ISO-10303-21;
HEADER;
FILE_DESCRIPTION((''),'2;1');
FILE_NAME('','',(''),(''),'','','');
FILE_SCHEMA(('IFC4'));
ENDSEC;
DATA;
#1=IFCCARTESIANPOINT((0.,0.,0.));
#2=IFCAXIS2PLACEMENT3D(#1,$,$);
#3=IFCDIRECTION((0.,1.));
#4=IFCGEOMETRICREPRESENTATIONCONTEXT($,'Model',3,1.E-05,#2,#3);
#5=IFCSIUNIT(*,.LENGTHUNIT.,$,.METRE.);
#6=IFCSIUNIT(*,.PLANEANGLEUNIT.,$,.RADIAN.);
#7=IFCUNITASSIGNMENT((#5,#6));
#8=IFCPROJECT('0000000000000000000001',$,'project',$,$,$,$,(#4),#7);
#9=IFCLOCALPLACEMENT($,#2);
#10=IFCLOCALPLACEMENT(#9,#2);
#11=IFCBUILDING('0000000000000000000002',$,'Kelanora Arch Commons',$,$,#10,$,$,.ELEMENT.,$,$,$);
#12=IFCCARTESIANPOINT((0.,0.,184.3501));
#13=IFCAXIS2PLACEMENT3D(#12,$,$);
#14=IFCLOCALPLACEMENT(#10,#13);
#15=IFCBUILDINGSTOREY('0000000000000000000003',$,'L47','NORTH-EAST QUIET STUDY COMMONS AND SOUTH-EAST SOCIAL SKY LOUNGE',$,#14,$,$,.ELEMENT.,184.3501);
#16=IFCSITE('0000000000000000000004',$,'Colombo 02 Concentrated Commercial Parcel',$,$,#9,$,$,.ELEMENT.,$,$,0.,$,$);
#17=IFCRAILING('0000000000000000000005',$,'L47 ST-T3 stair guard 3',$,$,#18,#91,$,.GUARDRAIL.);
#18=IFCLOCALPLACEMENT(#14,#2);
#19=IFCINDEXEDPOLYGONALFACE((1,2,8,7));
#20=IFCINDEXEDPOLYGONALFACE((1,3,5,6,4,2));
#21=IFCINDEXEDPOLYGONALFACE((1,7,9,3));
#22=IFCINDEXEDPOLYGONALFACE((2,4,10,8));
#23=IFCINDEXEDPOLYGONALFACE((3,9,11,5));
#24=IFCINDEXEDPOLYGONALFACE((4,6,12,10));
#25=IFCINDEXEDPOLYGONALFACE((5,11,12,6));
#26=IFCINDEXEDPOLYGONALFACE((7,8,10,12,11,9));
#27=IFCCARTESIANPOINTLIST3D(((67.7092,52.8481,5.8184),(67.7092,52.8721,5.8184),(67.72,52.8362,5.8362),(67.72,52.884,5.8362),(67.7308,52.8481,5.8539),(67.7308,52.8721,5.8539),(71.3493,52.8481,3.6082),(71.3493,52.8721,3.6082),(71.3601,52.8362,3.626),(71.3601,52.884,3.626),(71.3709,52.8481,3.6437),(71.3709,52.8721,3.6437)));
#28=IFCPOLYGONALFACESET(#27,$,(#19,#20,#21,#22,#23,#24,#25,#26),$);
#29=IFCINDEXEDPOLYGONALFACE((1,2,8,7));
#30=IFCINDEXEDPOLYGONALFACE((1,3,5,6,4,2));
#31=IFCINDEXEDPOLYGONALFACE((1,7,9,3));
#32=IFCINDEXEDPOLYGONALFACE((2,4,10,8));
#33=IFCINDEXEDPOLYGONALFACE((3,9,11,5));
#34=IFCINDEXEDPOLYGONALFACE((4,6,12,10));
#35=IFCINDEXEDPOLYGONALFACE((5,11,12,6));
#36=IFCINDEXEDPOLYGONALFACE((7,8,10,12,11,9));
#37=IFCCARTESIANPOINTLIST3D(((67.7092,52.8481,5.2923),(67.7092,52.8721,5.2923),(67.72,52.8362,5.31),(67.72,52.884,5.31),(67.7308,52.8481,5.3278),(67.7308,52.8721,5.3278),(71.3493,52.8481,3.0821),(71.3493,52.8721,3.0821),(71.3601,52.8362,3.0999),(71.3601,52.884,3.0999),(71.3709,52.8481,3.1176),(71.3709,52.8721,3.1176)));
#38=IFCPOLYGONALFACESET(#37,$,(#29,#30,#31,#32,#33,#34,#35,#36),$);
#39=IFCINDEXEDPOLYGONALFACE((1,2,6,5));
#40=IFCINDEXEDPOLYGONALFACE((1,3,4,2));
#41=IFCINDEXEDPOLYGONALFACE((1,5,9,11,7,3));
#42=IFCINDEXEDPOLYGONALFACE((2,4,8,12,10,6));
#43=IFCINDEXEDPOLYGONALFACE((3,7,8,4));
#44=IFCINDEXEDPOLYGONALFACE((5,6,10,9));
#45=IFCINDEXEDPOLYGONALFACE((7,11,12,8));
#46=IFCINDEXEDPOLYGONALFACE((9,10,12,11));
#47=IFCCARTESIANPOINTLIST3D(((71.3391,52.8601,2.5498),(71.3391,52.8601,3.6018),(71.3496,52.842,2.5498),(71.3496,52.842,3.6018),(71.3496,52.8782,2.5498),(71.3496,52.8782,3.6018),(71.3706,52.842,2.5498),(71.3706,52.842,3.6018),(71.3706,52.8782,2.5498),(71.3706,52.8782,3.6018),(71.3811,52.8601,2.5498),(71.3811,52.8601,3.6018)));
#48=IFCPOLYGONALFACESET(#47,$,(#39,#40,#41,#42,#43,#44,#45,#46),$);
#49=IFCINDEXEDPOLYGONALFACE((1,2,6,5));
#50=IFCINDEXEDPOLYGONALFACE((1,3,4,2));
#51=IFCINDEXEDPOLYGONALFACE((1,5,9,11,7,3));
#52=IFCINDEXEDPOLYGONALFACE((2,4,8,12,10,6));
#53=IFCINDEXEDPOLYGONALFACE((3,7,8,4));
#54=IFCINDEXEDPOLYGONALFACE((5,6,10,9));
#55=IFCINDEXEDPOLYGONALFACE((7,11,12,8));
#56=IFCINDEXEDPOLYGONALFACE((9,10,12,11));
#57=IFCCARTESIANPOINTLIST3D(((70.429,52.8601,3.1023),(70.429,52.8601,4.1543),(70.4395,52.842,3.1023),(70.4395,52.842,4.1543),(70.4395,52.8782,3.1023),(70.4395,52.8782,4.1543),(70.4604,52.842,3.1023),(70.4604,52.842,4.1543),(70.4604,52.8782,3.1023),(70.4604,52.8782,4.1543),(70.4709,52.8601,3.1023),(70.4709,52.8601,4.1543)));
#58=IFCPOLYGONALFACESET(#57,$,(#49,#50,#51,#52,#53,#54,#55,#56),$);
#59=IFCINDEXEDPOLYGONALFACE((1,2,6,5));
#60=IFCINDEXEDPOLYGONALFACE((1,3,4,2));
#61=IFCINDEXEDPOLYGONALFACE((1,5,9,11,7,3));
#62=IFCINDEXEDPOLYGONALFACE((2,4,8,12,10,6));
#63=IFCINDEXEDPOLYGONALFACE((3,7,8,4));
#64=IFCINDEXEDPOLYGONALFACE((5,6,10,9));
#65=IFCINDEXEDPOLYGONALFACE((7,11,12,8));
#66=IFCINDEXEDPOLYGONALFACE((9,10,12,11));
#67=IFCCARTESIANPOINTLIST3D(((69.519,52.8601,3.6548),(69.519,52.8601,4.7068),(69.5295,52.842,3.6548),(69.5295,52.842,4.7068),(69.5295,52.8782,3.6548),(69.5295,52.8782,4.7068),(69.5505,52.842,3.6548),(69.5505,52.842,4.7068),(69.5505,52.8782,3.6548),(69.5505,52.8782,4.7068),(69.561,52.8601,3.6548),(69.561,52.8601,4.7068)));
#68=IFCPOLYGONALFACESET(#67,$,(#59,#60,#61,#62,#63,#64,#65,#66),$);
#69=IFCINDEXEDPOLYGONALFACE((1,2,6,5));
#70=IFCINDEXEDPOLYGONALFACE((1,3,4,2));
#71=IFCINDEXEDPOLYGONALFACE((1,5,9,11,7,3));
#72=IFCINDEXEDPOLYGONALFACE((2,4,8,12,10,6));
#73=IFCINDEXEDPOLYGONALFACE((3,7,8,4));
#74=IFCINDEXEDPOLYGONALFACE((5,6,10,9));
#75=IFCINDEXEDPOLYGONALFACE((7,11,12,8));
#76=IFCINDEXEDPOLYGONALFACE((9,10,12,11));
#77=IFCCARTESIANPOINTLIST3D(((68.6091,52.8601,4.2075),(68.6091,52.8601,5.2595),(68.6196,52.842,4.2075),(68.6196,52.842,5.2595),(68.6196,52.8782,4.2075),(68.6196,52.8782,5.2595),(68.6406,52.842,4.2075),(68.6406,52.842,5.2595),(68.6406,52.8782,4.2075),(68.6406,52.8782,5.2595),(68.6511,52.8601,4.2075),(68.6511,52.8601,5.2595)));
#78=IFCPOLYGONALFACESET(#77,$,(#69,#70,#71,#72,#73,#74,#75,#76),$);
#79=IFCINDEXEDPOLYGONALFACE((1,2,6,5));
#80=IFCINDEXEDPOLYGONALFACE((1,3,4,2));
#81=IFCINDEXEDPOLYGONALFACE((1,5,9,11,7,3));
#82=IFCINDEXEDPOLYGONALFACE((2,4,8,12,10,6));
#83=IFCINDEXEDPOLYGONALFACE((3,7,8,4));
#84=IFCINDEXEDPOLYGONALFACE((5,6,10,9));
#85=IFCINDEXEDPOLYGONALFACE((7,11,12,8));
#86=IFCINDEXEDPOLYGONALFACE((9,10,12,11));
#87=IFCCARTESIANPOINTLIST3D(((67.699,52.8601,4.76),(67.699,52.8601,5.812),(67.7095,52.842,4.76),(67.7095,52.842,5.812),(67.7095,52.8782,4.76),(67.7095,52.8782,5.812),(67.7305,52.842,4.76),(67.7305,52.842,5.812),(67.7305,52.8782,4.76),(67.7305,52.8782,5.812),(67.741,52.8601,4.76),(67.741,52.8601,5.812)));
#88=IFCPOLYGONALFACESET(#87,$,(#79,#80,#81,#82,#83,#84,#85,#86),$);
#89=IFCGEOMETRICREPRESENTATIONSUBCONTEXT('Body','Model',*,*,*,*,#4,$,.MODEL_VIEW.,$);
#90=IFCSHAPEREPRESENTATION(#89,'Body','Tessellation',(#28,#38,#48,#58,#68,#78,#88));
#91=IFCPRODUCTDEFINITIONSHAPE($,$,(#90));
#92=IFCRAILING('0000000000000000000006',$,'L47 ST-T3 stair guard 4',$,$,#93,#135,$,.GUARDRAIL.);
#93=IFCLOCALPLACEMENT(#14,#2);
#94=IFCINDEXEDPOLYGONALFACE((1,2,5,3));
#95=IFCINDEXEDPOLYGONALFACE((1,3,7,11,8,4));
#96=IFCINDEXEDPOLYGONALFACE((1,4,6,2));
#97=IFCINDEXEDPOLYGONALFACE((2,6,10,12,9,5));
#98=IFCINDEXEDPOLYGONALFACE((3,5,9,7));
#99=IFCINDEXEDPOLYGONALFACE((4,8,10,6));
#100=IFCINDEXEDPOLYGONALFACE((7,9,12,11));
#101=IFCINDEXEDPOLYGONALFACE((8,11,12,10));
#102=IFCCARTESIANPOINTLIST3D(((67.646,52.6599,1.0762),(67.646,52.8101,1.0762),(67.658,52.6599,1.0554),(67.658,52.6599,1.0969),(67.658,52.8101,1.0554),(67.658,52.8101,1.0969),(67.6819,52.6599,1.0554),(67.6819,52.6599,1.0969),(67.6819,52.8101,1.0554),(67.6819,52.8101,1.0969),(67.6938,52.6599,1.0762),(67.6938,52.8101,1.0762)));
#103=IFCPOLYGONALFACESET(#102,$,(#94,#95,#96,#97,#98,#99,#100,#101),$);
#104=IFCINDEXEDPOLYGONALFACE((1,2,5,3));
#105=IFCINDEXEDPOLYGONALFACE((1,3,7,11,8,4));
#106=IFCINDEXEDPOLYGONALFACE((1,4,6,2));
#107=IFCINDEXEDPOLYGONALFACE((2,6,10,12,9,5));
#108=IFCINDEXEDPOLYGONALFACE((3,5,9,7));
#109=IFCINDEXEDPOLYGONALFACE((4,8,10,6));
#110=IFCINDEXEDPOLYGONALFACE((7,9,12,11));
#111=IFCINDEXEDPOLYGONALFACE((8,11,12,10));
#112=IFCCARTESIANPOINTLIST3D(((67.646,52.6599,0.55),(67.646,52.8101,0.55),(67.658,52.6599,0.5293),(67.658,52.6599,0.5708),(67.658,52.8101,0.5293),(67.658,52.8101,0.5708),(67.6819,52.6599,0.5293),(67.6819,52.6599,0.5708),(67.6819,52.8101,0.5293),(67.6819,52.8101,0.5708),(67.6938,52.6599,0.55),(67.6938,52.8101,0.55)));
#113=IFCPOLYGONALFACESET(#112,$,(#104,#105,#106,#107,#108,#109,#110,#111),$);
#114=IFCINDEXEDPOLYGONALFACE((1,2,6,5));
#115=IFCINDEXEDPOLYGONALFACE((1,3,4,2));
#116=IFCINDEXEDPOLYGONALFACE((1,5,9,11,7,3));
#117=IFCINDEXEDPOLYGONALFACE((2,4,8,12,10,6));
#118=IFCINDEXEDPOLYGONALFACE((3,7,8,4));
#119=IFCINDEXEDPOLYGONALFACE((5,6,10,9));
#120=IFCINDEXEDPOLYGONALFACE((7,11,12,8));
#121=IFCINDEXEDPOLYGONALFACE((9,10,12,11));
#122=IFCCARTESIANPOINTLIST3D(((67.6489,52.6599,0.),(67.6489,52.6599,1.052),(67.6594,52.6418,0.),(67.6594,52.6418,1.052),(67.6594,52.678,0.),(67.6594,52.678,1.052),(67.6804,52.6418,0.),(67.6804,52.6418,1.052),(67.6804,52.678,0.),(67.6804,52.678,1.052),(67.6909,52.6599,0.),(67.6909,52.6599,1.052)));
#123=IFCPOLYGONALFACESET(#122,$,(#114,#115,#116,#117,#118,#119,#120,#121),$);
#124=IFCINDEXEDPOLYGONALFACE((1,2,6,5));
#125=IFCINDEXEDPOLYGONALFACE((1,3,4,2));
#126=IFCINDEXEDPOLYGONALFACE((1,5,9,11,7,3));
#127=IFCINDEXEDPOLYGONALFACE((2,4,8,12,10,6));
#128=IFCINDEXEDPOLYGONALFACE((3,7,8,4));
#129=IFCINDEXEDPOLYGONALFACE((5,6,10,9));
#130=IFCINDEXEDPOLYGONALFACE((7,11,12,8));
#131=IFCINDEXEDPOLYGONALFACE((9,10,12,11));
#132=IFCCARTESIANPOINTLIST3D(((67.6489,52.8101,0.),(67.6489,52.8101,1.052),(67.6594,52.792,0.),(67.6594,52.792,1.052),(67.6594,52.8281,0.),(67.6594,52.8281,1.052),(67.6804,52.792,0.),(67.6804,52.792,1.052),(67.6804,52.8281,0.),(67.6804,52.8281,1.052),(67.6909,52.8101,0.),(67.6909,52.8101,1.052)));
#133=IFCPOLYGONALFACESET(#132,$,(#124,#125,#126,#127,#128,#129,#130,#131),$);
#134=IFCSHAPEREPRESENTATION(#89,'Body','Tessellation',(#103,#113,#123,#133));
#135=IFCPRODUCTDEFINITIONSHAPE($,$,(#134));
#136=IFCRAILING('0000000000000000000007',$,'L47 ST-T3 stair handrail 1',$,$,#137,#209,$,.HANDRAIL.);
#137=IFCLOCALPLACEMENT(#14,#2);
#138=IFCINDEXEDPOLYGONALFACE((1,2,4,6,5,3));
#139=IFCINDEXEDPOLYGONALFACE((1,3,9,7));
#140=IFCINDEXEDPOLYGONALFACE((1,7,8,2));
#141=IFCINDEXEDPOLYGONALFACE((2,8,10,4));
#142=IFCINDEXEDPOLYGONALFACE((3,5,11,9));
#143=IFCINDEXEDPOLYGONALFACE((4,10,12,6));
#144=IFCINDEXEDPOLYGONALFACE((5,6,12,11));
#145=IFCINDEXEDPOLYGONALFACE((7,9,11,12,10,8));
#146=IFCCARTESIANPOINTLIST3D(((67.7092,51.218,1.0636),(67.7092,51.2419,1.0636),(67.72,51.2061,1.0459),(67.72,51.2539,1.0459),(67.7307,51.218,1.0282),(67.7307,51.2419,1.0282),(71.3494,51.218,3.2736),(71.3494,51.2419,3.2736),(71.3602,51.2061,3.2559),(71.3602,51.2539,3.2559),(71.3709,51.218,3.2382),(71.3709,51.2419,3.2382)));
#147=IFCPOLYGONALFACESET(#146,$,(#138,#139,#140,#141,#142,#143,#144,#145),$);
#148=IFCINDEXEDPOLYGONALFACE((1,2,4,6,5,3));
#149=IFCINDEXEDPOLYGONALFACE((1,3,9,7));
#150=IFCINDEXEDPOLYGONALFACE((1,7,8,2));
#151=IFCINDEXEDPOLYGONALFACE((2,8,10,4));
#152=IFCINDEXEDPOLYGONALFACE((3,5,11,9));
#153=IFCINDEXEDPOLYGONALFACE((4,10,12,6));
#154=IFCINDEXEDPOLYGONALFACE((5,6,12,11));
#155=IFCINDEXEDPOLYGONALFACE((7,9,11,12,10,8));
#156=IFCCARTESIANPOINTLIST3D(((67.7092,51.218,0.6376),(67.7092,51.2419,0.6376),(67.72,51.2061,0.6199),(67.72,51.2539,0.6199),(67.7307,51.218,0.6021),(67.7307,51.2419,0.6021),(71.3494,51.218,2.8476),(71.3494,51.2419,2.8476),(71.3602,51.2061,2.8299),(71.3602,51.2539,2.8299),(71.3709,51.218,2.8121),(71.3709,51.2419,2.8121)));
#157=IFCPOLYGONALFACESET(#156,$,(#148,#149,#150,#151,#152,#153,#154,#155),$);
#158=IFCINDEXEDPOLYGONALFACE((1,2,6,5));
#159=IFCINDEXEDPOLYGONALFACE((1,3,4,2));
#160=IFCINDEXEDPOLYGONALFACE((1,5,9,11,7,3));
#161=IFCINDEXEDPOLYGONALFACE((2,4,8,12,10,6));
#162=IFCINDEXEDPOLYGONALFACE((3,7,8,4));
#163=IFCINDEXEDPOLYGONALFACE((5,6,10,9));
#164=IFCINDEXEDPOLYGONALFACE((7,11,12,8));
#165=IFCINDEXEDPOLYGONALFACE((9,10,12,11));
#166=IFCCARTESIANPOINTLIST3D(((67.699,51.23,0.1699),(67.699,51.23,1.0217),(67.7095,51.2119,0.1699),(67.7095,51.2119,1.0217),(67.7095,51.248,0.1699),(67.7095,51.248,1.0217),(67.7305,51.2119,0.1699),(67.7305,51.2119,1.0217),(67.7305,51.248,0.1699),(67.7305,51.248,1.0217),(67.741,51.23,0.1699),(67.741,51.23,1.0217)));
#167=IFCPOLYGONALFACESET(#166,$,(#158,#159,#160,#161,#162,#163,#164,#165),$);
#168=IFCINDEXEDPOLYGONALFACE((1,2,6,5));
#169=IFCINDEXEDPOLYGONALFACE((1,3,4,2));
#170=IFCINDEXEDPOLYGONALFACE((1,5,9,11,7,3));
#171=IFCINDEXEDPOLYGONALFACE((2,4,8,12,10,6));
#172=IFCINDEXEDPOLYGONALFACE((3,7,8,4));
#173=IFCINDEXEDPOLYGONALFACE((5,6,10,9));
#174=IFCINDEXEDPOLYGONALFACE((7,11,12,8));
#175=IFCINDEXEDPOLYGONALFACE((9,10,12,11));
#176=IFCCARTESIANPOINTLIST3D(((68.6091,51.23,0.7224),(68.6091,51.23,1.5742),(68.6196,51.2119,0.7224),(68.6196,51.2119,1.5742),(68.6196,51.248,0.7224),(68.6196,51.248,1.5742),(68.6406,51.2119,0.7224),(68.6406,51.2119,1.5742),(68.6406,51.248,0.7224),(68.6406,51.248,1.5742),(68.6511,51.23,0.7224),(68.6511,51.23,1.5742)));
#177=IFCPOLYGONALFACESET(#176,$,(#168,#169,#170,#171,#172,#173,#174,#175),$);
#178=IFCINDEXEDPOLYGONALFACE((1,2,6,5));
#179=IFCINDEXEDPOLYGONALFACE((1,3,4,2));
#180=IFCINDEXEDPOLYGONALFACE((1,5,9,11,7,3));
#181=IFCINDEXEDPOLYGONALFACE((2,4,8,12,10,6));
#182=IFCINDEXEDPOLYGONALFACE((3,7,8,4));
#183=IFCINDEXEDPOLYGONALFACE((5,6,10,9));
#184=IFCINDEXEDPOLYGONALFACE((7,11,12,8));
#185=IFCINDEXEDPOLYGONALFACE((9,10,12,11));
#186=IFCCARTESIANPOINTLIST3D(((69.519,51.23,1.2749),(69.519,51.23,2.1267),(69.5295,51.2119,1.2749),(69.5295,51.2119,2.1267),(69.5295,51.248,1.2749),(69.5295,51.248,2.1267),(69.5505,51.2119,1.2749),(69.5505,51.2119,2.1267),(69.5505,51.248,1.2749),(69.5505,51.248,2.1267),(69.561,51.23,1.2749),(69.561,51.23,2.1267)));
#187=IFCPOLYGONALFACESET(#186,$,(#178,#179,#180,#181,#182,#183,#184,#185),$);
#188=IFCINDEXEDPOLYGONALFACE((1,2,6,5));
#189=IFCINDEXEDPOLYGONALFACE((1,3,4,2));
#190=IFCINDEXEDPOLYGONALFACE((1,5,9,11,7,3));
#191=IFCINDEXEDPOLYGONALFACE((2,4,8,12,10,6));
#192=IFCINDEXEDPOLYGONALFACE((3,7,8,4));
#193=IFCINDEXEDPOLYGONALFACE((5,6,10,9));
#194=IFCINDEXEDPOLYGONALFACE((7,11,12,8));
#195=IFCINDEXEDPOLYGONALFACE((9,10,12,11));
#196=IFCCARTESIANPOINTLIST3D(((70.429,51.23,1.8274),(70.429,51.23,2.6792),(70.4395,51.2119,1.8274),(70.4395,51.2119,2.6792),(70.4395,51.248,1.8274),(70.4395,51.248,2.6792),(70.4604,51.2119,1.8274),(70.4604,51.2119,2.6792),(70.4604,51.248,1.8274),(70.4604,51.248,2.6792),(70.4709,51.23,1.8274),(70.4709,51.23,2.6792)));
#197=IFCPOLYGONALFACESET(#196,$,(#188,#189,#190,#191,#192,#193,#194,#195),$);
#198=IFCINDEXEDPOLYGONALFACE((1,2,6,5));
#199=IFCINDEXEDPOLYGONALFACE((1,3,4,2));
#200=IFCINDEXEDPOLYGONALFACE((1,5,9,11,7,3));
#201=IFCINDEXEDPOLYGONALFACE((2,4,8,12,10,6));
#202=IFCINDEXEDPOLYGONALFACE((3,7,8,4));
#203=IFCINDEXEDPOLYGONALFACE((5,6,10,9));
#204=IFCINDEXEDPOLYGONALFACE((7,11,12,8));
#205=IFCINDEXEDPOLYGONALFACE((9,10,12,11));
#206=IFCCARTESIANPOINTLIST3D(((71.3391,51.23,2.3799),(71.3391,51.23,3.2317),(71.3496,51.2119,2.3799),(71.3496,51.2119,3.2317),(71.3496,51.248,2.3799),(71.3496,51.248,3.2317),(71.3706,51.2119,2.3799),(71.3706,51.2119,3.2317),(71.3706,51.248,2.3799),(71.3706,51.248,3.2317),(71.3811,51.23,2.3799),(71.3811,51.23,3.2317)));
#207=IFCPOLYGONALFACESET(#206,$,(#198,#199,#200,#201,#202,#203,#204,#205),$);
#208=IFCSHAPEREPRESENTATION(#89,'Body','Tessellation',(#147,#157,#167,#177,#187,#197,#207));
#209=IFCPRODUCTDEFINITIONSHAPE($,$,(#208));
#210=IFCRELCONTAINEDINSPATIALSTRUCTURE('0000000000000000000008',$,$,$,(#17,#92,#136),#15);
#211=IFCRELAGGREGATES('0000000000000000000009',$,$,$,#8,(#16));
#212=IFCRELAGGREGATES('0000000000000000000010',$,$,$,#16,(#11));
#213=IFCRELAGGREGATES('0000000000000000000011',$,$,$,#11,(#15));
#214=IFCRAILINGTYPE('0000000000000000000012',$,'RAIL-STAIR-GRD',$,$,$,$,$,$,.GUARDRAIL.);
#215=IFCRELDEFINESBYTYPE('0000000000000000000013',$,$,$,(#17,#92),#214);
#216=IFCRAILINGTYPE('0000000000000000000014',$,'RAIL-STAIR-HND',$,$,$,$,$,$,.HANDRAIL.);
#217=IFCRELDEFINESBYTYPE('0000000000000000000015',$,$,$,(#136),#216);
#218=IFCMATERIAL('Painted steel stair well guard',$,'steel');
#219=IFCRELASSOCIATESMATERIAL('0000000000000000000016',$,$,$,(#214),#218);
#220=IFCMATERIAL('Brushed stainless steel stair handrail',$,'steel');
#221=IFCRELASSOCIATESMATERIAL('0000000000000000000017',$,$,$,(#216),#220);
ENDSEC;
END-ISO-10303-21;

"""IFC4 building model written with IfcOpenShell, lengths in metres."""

from ifc_helpers import new_model, si_unit, direction, frame, origin, place, context, subcontext, project, spatial, polyline, outline, extrude, material, type_object, element, save


model = new_model("IFC4")

# Units and contexts
model_context = context("Model", 3, precision=1e-05, world=origin(), true_north=direction((0.0, 1.0)))
body_context = subcontext(model_context, "Body", "Model", "MODEL_VIEW")
ifc_project = project(units=[si_unit("LENGTHUNIT", "METRE"), si_unit("PLANEANGLEUNIT", "RADIAN")], contexts=[model_context])

# Site, building, storey
site_placement = place(None, origin())
site = spatial("IfcSite", under=ifc_project, at=site_placement, Name="Colombo 02 Concentrated Commercial Parcel", CompositionType="ELEMENT", RefElevation=0.0)
building_placement = place(site_placement, origin())
building = spatial("IfcBuilding", under=site, at=building_placement, Name="Kelanora Arch Commons", CompositionType="ELEMENT")
storey_placement = place(building_placement, frame((0.0, 0.0, 184.3501)))
storey = spatial("IfcBuildingStorey", under=building, at=storey_placement, Name="L47", Description="NORTH-EAST QUIET STUDY COMMONS AND SOUTH-EAST SOCIAL SKY LOUNGE", CompositionType="ELEMENT", Elevation=184.3501)

# Railings
ifc_material_1 = material(Name="Painted steel stair well guard", Category="steel")
railing_type_1 = type_object("IfcRailingType", Name="RAIL-STAIR-GRD", PredefinedType="GUARDRAIL", material=ifc_material_1)
railing_1_placement = place(storey_placement, frame((71.3601, 52.8601, 2.5498)))
element("IfcRailing", 1, at=railing_1_placement, inside=storey, type_object=railing_type_1, Name="L47 ST-T3 stair guard 3", PredefinedType="GUARDRAIL", context=body_context, shape_type="SweptSolid", body=[
    extrude(outline(polyline([(0.0239, 0.0), (0.012, 0.0208), (-0.012, 0.0208), (-0.0239, 0.0), (-0.012, -0.0208), (0.012, -0.0208), (0.0239, 0.0)])), frame((0.0, 0.0, 1.0762), z_axis=(-0.854775, 0.0, 0.518999), x_axis=(0.0, -1.0, 0.0)), (0.0, 0.0, 1.0), 4.2585),
    extrude(outline(polyline([(0.0239, 0.0), (0.012, 0.0208), (-0.012, 0.0208), (-0.0239, 0.0), (-0.012, -0.0208), (0.012, -0.0208), (0.0239, 0.0)])), frame((0.0, 0.0, 0.55), z_axis=(-0.854775, 0.0, 0.518999), x_axis=(0.0, -1.0, 0.0)), (0.0, 0.0, 1.0), 4.2585),
    extrude(outline(polyline([(0.021, 0.0), (0.0105, 0.0181), (-0.0105, 0.0181), (-0.021, 0.0), (-0.0105, -0.0181), (0.0105, -0.0181), (0.021, 0.0)])), origin(), (0.0, 0.0, 1.0), 1.052),
    extrude(outline(polyline([(0.021, 0.0), (0.0105, 0.0181), (-0.0105, 0.0181), (-0.021, 0.0), (-0.0105, -0.0181), (0.0105, -0.0181), (0.021, 0.0)])), frame((-0.9102, 0.0, 0.5525)), (0.0, 0.0, 1.0), 1.052),
    extrude(outline(polyline([(0.021, 0.0), (0.0105, 0.0181), (-0.0105, 0.0181), (-0.021, 0.0), (-0.0105, -0.0181), (0.0105, -0.0181), (0.021, 0.0)])), frame((-1.8201, 0.0, 1.105)), (0.0, 0.0, 1.0), 1.052),
    extrude(outline(polyline([(0.021, 0.0), (0.0105, 0.0181), (-0.0105, 0.0181), (-0.021, 0.0), (-0.0105, -0.0181), (0.0105, -0.0181), (0.021, 0.0)])), frame((-2.73, 0.0, 1.6577)), (0.0, 0.0, 1.0), 1.052),
    extrude(outline(polyline([(0.021, 0.0), (0.0105, 0.0181), (-0.0105, 0.0181), (-0.021, 0.0), (-0.0105, -0.0181), (0.0105, -0.0181), (0.021, 0.0)])), frame((-3.6401, 0.0, 2.2102)), (0.0, 0.0, 1.0), 1.052),
])
railing_2_placement = place(storey_placement, frame((67.6699, 52.6599, 0.0)))
element("IfcRailing", 2, at=railing_2_placement, inside=storey, type_object=railing_type_1, Name="L47 ST-T3 stair guard 4", PredefinedType="GUARDRAIL", context=body_context, shape_type="SweptSolid", body=[
    extrude(outline(polyline([(0.0239, 0.0), (0.012, 0.0208), (-0.012, 0.0208), (-0.0239, 0.0), (-0.012, -0.0208), (0.012, -0.0208), (0.0239, 0.0)])), frame((0.0, 0.0, 1.0762), z_axis=(0.0, 1.0, 0.0), x_axis=(-1.0, 0.0, 0.0)), (0.0, 0.0, 1.0), 0.1501),
    extrude(outline(polyline([(0.0239, 0.0), (0.012, 0.0208), (-0.012, 0.0208), (-0.0239, 0.0), (-0.012, -0.0208), (0.012, -0.0208), (0.0239, 0.0)])), frame((0.0, 0.0, 0.55), z_axis=(0.0, 1.0, 0.0), x_axis=(-1.0, 0.0, 0.0)), (0.0, 0.0, 1.0), 0.1501),
    extrude(outline(polyline([(0.021, 0.0), (0.0105, 0.0181), (-0.0105, 0.0181), (-0.021, 0.0), (-0.0105, -0.0181), (0.0105, -0.0181), (0.021, 0.0)])), origin(), (0.0, 0.0, 1.0), 1.052),
    extrude(outline(polyline([(0.021, 0.0), (0.0105, 0.0181), (-0.0105, 0.0181), (-0.021, 0.0), (-0.0105, -0.0181), (0.0105, -0.0181), (0.021, 0.0)])), frame((0.0, 0.1501, 0.0)), (0.0, 0.0, 1.0), 1.052),
])
ifc_material_2 = material(Name="Brushed stainless steel stair handrail", Category="steel")
railing_type_2 = type_object("IfcRailingType", Name="RAIL-STAIR-HND", PredefinedType="HANDRAIL", material=ifc_material_2)
railing_3_placement = place(storey_placement, frame((67.72, 51.23, 0.1699)))
element("IfcRailing", 3, at=railing_3_placement, inside=storey, type_object=railing_type_2, Name="L47 ST-T3 stair handrail 1", PredefinedType="HANDRAIL", context=body_context, shape_type="SweptSolid", body=[
    extrude(outline(polyline([(0.0239, 0.0), (0.012, 0.0208), (-0.012, 0.0208), (-0.0239, 0.0), (-0.012, -0.0208), (0.012, -0.0208), (0.0239, 0.0)])), frame((0.0, 0.0, 0.876), z_axis=(0.8548, 0.0, 0.518957), x_axis=(0.0, 1.0, 0.0)), (0.0, 0.0, 1.0), 4.2585),
    extrude(outline(polyline([(0.0239, 0.0), (0.012, 0.0208), (-0.012, 0.0208), (-0.0239, 0.0), (-0.012, -0.0208), (0.012, -0.0208), (0.0239, 0.0)])), frame((0.0, 0.0, 0.45), z_axis=(0.8548, 0.0, 0.518957), x_axis=(0.0, 1.0, 0.0)), (0.0, 0.0, 1.0), 4.2585),
    extrude(outline(polyline([(0.021, 0.0), (0.0105, 0.0181), (-0.0105, 0.0181), (-0.021, 0.0), (-0.0105, -0.0181), (0.0105, -0.0181), (0.021, 0.0)])), origin(), (0.0, 0.0, 1.0), 0.8518),
    extrude(outline(polyline([(0.021, 0.0), (0.0105, 0.0181), (-0.0105, 0.0181), (-0.021, 0.0), (-0.0105, -0.0181), (0.0105, -0.0181), (0.021, 0.0)])), frame((0.9102, 0.0, 0.5525)), (0.0, 0.0, 1.0), 0.8518),
    extrude(outline(polyline([(0.021, 0.0), (0.0105, 0.0181), (-0.0105, 0.0181), (-0.021, 0.0), (-0.0105, -0.0181), (0.0105, -0.0181), (0.021, 0.0)])), frame((1.8201, 0.0, 1.105)), (0.0, 0.0, 1.0), 0.8518),
    extrude(outline(polyline([(0.021, 0.0), (0.0105, 0.0181), (-0.0105, 0.0181), (-0.021, 0.0), (-0.0105, -0.0181), (0.0105, -0.0181), (0.021, 0.0)])), frame((2.73, 0.0, 1.6575)), (0.0, 0.0, 1.0), 0.8518),
    extrude(outline(polyline([(0.021, 0.0), (0.0105, 0.0181), (-0.0105, 0.0181), (-0.021, 0.0), (-0.0105, -0.0181), (0.0105, -0.0181), (0.021, 0.0)])), frame((3.6401, 0.0, 2.21)), (0.0, 0.0, 1.0), 0.8518),
])

save(model, "model.ifc")
